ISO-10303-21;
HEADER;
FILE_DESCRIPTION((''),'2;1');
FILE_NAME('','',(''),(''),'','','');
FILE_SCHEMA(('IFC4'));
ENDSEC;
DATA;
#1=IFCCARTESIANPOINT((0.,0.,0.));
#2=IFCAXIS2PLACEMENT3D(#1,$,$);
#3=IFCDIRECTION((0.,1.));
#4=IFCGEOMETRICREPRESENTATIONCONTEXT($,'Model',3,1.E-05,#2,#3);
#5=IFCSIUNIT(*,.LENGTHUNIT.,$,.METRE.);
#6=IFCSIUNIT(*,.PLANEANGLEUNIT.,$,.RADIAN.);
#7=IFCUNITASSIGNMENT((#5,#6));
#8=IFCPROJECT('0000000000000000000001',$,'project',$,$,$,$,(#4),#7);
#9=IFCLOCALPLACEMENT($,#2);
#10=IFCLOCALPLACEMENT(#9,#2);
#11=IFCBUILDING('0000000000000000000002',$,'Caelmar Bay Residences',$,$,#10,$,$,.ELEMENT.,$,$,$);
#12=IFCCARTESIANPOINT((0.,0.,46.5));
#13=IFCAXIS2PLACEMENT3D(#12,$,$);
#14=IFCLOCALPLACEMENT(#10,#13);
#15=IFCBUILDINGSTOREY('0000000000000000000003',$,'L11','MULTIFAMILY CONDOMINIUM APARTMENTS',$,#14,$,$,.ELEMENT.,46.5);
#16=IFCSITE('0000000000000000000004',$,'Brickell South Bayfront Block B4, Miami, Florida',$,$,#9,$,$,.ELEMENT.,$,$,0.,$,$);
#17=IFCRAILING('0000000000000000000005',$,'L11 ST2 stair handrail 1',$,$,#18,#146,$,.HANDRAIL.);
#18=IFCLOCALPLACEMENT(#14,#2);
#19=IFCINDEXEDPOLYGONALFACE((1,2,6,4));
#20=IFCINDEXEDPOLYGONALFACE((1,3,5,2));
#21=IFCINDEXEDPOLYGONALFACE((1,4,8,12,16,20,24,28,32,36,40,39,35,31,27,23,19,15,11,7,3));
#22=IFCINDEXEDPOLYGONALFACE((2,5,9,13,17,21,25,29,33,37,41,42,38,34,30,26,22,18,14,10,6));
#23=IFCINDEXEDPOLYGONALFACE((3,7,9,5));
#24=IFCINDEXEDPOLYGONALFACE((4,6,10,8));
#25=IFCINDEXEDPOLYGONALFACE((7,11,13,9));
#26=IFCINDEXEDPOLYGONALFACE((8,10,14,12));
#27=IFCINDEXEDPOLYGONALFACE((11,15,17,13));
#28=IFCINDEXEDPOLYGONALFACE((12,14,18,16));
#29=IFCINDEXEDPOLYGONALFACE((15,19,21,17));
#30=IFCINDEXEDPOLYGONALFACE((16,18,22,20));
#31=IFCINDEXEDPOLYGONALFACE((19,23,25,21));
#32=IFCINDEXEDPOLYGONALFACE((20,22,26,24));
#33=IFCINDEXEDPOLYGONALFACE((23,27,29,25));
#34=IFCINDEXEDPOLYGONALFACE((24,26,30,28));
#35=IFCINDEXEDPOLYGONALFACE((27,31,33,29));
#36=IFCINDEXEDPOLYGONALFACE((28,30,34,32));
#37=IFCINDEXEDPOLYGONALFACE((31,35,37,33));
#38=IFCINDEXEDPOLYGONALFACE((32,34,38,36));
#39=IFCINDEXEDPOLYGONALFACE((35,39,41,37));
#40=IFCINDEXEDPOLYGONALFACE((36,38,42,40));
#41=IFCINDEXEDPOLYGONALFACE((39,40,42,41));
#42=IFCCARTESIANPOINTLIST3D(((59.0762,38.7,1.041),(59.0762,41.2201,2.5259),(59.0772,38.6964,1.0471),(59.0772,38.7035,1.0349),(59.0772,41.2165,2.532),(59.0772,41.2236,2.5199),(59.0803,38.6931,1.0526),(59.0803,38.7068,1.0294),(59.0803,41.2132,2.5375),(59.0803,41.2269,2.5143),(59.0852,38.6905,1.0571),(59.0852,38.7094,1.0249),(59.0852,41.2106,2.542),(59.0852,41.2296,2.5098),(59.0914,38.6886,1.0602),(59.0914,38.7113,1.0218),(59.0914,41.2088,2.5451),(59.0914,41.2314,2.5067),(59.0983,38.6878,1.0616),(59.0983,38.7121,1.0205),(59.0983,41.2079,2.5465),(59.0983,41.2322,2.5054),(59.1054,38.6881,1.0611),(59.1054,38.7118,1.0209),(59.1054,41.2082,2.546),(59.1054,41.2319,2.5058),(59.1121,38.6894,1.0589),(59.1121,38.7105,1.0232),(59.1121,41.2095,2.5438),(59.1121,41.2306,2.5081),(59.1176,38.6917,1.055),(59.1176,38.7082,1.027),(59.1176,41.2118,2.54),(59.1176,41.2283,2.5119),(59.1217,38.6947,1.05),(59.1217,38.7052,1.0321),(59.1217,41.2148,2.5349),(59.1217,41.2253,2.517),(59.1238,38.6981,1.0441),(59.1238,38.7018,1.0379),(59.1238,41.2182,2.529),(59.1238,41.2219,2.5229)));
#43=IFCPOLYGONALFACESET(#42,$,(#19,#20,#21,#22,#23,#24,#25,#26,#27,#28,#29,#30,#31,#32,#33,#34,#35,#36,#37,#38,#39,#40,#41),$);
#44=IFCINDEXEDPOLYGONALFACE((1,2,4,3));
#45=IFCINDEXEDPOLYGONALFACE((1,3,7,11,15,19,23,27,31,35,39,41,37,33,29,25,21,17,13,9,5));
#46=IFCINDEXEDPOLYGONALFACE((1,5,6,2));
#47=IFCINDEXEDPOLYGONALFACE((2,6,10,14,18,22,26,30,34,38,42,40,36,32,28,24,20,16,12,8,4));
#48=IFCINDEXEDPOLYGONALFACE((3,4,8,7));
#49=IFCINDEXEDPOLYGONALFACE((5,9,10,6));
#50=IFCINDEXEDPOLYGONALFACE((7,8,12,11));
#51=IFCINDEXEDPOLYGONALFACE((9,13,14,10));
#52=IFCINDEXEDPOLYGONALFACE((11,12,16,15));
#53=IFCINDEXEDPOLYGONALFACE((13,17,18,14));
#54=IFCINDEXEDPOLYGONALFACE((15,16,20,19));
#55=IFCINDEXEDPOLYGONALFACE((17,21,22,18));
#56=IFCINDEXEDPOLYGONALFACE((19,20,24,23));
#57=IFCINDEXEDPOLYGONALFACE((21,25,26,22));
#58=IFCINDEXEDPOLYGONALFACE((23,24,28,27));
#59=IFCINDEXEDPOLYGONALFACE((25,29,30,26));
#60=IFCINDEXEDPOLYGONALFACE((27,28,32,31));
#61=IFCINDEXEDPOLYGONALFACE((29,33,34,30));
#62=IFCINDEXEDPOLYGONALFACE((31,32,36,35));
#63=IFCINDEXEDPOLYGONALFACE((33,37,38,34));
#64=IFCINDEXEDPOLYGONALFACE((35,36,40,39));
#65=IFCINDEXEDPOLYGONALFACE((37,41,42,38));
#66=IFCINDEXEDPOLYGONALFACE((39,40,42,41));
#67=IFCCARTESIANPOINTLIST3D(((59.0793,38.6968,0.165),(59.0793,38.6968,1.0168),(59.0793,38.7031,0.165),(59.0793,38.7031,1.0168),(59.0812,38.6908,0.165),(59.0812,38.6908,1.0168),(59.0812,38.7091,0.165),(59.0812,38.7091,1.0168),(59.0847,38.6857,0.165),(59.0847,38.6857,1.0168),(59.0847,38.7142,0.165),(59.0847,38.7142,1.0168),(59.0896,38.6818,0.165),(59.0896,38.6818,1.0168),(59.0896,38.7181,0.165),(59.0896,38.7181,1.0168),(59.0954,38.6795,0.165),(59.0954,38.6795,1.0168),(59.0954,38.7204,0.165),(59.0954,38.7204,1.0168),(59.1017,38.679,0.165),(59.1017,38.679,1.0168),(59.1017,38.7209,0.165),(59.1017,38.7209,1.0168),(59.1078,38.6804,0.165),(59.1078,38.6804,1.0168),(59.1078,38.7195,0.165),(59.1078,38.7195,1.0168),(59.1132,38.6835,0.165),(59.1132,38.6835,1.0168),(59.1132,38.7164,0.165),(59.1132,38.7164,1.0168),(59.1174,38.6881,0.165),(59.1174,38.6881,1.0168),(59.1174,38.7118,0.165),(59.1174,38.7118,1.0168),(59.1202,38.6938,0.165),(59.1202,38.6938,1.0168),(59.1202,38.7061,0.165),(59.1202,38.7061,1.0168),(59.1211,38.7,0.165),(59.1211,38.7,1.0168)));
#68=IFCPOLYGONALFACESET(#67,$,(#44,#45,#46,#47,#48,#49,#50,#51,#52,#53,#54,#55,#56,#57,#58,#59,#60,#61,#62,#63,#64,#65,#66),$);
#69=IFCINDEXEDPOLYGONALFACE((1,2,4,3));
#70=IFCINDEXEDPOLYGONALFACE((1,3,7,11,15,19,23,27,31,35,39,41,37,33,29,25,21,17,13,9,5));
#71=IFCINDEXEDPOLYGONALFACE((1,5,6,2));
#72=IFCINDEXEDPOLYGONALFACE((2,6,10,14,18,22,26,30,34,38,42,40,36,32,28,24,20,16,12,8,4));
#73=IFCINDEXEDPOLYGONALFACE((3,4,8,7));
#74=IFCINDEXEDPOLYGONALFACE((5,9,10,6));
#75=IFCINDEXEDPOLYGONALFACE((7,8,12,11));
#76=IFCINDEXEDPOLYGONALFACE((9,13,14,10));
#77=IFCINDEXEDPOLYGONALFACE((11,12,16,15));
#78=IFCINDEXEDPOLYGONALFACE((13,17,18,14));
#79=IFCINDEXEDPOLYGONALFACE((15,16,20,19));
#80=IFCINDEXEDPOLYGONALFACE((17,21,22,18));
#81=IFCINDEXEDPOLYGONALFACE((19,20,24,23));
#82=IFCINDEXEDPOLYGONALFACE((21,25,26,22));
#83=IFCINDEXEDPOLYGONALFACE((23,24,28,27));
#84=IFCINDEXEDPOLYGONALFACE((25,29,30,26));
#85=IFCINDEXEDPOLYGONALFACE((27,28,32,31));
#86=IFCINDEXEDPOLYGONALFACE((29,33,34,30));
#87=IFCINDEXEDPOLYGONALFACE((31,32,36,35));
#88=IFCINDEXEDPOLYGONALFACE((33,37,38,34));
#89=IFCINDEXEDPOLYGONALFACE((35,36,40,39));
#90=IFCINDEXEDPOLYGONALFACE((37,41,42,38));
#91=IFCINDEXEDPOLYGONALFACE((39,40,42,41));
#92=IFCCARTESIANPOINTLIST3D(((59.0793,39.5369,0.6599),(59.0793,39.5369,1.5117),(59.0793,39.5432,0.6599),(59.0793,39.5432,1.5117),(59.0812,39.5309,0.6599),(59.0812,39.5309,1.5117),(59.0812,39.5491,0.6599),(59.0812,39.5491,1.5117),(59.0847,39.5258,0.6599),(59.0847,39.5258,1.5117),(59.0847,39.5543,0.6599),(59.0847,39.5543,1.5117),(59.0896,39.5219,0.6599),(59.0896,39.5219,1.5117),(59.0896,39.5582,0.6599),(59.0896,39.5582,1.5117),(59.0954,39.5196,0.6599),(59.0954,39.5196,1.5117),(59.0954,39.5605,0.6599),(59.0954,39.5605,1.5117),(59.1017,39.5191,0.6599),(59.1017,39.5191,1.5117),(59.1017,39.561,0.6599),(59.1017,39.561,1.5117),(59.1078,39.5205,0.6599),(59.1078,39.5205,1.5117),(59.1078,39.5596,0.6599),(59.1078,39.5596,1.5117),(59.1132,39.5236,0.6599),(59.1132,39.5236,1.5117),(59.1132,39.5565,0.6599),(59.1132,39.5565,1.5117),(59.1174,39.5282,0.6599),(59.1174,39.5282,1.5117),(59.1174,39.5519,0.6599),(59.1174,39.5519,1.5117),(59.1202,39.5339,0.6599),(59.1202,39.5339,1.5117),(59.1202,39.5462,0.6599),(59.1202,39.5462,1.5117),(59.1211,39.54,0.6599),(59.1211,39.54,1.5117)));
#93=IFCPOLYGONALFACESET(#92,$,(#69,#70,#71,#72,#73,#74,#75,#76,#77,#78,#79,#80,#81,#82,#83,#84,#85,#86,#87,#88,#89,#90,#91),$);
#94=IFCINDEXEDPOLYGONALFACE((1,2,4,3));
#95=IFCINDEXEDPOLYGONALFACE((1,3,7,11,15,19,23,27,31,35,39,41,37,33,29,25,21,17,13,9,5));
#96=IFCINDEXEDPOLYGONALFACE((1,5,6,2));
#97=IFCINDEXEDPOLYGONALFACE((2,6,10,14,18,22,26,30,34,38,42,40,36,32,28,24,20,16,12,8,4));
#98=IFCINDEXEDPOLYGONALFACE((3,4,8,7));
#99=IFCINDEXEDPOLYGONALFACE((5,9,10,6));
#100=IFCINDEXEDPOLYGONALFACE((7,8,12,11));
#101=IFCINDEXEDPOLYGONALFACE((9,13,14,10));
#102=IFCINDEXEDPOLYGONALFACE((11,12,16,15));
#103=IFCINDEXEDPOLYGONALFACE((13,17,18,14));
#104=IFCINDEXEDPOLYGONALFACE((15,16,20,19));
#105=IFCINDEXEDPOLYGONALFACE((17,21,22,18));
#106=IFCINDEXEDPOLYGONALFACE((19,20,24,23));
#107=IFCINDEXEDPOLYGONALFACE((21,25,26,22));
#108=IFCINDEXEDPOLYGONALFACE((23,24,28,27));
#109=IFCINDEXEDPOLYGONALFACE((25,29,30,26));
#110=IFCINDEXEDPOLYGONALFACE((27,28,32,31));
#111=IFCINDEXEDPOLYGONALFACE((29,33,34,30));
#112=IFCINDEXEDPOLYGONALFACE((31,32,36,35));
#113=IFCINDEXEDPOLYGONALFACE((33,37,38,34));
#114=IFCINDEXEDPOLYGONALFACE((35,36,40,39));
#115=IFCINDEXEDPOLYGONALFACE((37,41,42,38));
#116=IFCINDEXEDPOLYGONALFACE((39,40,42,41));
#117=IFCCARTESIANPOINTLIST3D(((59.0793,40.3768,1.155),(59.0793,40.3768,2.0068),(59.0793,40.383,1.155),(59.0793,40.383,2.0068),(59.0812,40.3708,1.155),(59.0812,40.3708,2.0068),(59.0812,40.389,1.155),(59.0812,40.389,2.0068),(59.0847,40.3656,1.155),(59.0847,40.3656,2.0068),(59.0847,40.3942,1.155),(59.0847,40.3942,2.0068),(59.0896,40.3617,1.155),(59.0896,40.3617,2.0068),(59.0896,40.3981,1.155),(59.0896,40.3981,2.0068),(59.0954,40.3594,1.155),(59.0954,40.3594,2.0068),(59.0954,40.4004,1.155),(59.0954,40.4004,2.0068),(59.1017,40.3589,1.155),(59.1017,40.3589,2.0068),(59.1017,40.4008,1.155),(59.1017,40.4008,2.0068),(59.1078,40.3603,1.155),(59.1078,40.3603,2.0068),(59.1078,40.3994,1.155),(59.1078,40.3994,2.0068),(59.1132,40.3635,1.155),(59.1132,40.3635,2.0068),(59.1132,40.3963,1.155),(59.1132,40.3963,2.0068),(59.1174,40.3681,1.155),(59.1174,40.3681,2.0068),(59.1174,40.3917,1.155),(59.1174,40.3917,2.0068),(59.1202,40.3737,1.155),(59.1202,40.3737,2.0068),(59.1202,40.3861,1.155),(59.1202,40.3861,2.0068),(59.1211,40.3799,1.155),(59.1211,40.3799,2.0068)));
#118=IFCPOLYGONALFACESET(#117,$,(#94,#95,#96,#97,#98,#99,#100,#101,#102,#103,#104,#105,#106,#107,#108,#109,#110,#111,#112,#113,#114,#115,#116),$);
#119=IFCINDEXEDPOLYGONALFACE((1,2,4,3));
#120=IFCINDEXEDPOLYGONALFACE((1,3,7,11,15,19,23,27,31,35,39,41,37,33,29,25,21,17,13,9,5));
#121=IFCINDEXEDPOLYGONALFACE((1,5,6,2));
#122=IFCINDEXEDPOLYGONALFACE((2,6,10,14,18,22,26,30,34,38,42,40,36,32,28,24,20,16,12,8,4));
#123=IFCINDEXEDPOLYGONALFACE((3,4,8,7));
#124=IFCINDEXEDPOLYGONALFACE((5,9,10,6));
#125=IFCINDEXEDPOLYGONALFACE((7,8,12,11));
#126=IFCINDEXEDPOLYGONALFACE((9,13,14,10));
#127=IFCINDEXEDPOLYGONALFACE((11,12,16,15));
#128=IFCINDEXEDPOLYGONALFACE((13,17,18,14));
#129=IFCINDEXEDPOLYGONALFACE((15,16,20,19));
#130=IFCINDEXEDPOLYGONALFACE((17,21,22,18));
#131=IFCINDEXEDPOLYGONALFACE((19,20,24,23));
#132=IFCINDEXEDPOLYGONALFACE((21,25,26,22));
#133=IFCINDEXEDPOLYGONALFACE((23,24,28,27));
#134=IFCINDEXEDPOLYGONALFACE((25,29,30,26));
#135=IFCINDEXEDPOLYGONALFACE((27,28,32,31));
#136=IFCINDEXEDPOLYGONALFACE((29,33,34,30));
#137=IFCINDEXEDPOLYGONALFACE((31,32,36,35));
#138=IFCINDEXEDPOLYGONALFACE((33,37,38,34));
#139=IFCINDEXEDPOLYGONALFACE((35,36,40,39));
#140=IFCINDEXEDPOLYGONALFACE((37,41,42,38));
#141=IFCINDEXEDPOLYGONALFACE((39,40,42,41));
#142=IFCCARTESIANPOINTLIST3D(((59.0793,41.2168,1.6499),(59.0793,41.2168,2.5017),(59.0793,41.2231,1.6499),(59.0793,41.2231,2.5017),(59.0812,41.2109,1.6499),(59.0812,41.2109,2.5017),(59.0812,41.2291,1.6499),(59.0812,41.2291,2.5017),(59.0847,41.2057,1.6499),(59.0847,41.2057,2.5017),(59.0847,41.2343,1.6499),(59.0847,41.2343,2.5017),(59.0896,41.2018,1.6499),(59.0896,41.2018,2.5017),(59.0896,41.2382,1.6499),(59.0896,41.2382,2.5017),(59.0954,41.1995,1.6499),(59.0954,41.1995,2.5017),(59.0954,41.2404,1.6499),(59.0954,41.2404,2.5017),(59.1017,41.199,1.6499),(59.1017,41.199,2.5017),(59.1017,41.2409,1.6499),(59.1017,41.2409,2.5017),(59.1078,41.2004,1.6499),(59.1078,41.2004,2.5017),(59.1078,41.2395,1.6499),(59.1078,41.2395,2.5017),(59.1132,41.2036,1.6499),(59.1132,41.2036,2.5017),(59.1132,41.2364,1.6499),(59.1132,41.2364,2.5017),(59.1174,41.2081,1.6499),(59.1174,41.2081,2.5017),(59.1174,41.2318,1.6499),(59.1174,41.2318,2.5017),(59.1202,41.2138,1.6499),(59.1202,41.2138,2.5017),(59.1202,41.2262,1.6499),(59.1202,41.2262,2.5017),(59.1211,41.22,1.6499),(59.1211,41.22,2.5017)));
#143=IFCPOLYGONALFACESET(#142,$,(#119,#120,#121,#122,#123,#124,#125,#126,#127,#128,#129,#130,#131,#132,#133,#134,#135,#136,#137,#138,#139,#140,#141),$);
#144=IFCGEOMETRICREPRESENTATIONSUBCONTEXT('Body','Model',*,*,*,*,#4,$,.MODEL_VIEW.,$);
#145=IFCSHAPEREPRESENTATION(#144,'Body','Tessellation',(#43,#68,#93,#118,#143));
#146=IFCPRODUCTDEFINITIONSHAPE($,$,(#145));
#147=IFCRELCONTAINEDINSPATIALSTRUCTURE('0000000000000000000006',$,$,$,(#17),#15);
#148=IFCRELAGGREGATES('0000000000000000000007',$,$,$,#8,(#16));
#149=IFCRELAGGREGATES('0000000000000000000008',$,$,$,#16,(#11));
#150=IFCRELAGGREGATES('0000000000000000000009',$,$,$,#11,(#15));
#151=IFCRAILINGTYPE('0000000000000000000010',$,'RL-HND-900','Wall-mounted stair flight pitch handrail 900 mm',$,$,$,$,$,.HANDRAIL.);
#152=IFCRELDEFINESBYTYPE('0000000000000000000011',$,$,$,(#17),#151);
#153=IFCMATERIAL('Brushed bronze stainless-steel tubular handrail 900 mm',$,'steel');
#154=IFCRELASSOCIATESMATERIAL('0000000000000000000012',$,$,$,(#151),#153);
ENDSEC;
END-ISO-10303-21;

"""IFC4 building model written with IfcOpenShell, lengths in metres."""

from ifc_helpers import new_model, si_unit, direction, frame, origin, origin_2d, place, context, subcontext, project, spatial, circle, extrude, material, type_object, element, save


model = new_model("IFC4")

# Units and contexts
model_context = context("Model", 3, precision=1e-05, world=origin(), true_north=direction((0.0, 1.0)))
body_context = subcontext(model_context, "Body", "Model", "MODEL_VIEW")
ifc_project = project(units=[si_unit("LENGTHUNIT", "METRE"), si_unit("PLANEANGLEUNIT", "RADIAN")], contexts=[model_context])

# Site, building, storey
site_placement = place(None, origin())
site = spatial("IfcSite", under=ifc_project, at=site_placement, Name="Brickell South Bayfront Block B4, Miami, Florida", CompositionType="ELEMENT", RefElevation=0.0)
building_placement = place(site_placement, origin())
building = spatial("IfcBuilding", under=site, at=building_placement, Name="Caelmar Bay Residences", CompositionType="ELEMENT")
storey_placement = place(building_placement, frame((0.0, 0.0, 46.5)))
storey = spatial("IfcBuildingStorey", under=building, at=storey_placement, Name="L11", Description="MULTIFAMILY CONDOMINIUM APARTMENTS", CompositionType="ELEMENT", Elevation=46.5)

# Railing
ifc_material_1 = material(Name="Brushed bronze stainless-steel tubular handrail 900 mm", Category="steel")
railing_type_1 = type_object("IfcRailingType", Name="RL-HND-900", Description="Wall-mounted stair flight pitch handrail 900 mm", PredefinedType="HANDRAIL", material=ifc_material_1)
railing_1_placement = place(storey_placement, frame((59.1001, 38.7, 0.165)))
element("IfcRailing", 1, at=railing_1_placement, inside=storey, type_object=railing_type_1, Name="L11 ST2 stair handrail 1", PredefinedType="HANDRAIL", context=body_context, shape_type="SweptSolid", body=[
    extrude(circle(Radius=0.0239, at=origin_2d()), frame((0.0, 0.0, 0.876), z_axis=(0.0, 0.861561, 0.507655), x_axis=(-1.0, 0.0, 0.0)), (0.0, 0.0, 1.0), 2.925),
    extrude(circle(Radius=0.021, at=origin_2d()), origin(), (0.0, 0.0, 1.0), 0.8518),
    extrude(circle(Radius=0.021, at=origin_2d()), frame((0.0, 0.8401, 0.4949)), (0.0, 0.0, 1.0), 0.8518),
    extrude(circle(Radius=0.021, at=origin_2d()), frame((0.0, 1.6799, 0.99)), (0.0, 0.0, 1.0), 0.8518),
    extrude(circle(Radius=0.021, at=origin_2d()), frame((0.0, 2.52, 1.4849)), (0.0, 0.0, 1.0), 0.8518),
])

save(model, "model.ifc")
